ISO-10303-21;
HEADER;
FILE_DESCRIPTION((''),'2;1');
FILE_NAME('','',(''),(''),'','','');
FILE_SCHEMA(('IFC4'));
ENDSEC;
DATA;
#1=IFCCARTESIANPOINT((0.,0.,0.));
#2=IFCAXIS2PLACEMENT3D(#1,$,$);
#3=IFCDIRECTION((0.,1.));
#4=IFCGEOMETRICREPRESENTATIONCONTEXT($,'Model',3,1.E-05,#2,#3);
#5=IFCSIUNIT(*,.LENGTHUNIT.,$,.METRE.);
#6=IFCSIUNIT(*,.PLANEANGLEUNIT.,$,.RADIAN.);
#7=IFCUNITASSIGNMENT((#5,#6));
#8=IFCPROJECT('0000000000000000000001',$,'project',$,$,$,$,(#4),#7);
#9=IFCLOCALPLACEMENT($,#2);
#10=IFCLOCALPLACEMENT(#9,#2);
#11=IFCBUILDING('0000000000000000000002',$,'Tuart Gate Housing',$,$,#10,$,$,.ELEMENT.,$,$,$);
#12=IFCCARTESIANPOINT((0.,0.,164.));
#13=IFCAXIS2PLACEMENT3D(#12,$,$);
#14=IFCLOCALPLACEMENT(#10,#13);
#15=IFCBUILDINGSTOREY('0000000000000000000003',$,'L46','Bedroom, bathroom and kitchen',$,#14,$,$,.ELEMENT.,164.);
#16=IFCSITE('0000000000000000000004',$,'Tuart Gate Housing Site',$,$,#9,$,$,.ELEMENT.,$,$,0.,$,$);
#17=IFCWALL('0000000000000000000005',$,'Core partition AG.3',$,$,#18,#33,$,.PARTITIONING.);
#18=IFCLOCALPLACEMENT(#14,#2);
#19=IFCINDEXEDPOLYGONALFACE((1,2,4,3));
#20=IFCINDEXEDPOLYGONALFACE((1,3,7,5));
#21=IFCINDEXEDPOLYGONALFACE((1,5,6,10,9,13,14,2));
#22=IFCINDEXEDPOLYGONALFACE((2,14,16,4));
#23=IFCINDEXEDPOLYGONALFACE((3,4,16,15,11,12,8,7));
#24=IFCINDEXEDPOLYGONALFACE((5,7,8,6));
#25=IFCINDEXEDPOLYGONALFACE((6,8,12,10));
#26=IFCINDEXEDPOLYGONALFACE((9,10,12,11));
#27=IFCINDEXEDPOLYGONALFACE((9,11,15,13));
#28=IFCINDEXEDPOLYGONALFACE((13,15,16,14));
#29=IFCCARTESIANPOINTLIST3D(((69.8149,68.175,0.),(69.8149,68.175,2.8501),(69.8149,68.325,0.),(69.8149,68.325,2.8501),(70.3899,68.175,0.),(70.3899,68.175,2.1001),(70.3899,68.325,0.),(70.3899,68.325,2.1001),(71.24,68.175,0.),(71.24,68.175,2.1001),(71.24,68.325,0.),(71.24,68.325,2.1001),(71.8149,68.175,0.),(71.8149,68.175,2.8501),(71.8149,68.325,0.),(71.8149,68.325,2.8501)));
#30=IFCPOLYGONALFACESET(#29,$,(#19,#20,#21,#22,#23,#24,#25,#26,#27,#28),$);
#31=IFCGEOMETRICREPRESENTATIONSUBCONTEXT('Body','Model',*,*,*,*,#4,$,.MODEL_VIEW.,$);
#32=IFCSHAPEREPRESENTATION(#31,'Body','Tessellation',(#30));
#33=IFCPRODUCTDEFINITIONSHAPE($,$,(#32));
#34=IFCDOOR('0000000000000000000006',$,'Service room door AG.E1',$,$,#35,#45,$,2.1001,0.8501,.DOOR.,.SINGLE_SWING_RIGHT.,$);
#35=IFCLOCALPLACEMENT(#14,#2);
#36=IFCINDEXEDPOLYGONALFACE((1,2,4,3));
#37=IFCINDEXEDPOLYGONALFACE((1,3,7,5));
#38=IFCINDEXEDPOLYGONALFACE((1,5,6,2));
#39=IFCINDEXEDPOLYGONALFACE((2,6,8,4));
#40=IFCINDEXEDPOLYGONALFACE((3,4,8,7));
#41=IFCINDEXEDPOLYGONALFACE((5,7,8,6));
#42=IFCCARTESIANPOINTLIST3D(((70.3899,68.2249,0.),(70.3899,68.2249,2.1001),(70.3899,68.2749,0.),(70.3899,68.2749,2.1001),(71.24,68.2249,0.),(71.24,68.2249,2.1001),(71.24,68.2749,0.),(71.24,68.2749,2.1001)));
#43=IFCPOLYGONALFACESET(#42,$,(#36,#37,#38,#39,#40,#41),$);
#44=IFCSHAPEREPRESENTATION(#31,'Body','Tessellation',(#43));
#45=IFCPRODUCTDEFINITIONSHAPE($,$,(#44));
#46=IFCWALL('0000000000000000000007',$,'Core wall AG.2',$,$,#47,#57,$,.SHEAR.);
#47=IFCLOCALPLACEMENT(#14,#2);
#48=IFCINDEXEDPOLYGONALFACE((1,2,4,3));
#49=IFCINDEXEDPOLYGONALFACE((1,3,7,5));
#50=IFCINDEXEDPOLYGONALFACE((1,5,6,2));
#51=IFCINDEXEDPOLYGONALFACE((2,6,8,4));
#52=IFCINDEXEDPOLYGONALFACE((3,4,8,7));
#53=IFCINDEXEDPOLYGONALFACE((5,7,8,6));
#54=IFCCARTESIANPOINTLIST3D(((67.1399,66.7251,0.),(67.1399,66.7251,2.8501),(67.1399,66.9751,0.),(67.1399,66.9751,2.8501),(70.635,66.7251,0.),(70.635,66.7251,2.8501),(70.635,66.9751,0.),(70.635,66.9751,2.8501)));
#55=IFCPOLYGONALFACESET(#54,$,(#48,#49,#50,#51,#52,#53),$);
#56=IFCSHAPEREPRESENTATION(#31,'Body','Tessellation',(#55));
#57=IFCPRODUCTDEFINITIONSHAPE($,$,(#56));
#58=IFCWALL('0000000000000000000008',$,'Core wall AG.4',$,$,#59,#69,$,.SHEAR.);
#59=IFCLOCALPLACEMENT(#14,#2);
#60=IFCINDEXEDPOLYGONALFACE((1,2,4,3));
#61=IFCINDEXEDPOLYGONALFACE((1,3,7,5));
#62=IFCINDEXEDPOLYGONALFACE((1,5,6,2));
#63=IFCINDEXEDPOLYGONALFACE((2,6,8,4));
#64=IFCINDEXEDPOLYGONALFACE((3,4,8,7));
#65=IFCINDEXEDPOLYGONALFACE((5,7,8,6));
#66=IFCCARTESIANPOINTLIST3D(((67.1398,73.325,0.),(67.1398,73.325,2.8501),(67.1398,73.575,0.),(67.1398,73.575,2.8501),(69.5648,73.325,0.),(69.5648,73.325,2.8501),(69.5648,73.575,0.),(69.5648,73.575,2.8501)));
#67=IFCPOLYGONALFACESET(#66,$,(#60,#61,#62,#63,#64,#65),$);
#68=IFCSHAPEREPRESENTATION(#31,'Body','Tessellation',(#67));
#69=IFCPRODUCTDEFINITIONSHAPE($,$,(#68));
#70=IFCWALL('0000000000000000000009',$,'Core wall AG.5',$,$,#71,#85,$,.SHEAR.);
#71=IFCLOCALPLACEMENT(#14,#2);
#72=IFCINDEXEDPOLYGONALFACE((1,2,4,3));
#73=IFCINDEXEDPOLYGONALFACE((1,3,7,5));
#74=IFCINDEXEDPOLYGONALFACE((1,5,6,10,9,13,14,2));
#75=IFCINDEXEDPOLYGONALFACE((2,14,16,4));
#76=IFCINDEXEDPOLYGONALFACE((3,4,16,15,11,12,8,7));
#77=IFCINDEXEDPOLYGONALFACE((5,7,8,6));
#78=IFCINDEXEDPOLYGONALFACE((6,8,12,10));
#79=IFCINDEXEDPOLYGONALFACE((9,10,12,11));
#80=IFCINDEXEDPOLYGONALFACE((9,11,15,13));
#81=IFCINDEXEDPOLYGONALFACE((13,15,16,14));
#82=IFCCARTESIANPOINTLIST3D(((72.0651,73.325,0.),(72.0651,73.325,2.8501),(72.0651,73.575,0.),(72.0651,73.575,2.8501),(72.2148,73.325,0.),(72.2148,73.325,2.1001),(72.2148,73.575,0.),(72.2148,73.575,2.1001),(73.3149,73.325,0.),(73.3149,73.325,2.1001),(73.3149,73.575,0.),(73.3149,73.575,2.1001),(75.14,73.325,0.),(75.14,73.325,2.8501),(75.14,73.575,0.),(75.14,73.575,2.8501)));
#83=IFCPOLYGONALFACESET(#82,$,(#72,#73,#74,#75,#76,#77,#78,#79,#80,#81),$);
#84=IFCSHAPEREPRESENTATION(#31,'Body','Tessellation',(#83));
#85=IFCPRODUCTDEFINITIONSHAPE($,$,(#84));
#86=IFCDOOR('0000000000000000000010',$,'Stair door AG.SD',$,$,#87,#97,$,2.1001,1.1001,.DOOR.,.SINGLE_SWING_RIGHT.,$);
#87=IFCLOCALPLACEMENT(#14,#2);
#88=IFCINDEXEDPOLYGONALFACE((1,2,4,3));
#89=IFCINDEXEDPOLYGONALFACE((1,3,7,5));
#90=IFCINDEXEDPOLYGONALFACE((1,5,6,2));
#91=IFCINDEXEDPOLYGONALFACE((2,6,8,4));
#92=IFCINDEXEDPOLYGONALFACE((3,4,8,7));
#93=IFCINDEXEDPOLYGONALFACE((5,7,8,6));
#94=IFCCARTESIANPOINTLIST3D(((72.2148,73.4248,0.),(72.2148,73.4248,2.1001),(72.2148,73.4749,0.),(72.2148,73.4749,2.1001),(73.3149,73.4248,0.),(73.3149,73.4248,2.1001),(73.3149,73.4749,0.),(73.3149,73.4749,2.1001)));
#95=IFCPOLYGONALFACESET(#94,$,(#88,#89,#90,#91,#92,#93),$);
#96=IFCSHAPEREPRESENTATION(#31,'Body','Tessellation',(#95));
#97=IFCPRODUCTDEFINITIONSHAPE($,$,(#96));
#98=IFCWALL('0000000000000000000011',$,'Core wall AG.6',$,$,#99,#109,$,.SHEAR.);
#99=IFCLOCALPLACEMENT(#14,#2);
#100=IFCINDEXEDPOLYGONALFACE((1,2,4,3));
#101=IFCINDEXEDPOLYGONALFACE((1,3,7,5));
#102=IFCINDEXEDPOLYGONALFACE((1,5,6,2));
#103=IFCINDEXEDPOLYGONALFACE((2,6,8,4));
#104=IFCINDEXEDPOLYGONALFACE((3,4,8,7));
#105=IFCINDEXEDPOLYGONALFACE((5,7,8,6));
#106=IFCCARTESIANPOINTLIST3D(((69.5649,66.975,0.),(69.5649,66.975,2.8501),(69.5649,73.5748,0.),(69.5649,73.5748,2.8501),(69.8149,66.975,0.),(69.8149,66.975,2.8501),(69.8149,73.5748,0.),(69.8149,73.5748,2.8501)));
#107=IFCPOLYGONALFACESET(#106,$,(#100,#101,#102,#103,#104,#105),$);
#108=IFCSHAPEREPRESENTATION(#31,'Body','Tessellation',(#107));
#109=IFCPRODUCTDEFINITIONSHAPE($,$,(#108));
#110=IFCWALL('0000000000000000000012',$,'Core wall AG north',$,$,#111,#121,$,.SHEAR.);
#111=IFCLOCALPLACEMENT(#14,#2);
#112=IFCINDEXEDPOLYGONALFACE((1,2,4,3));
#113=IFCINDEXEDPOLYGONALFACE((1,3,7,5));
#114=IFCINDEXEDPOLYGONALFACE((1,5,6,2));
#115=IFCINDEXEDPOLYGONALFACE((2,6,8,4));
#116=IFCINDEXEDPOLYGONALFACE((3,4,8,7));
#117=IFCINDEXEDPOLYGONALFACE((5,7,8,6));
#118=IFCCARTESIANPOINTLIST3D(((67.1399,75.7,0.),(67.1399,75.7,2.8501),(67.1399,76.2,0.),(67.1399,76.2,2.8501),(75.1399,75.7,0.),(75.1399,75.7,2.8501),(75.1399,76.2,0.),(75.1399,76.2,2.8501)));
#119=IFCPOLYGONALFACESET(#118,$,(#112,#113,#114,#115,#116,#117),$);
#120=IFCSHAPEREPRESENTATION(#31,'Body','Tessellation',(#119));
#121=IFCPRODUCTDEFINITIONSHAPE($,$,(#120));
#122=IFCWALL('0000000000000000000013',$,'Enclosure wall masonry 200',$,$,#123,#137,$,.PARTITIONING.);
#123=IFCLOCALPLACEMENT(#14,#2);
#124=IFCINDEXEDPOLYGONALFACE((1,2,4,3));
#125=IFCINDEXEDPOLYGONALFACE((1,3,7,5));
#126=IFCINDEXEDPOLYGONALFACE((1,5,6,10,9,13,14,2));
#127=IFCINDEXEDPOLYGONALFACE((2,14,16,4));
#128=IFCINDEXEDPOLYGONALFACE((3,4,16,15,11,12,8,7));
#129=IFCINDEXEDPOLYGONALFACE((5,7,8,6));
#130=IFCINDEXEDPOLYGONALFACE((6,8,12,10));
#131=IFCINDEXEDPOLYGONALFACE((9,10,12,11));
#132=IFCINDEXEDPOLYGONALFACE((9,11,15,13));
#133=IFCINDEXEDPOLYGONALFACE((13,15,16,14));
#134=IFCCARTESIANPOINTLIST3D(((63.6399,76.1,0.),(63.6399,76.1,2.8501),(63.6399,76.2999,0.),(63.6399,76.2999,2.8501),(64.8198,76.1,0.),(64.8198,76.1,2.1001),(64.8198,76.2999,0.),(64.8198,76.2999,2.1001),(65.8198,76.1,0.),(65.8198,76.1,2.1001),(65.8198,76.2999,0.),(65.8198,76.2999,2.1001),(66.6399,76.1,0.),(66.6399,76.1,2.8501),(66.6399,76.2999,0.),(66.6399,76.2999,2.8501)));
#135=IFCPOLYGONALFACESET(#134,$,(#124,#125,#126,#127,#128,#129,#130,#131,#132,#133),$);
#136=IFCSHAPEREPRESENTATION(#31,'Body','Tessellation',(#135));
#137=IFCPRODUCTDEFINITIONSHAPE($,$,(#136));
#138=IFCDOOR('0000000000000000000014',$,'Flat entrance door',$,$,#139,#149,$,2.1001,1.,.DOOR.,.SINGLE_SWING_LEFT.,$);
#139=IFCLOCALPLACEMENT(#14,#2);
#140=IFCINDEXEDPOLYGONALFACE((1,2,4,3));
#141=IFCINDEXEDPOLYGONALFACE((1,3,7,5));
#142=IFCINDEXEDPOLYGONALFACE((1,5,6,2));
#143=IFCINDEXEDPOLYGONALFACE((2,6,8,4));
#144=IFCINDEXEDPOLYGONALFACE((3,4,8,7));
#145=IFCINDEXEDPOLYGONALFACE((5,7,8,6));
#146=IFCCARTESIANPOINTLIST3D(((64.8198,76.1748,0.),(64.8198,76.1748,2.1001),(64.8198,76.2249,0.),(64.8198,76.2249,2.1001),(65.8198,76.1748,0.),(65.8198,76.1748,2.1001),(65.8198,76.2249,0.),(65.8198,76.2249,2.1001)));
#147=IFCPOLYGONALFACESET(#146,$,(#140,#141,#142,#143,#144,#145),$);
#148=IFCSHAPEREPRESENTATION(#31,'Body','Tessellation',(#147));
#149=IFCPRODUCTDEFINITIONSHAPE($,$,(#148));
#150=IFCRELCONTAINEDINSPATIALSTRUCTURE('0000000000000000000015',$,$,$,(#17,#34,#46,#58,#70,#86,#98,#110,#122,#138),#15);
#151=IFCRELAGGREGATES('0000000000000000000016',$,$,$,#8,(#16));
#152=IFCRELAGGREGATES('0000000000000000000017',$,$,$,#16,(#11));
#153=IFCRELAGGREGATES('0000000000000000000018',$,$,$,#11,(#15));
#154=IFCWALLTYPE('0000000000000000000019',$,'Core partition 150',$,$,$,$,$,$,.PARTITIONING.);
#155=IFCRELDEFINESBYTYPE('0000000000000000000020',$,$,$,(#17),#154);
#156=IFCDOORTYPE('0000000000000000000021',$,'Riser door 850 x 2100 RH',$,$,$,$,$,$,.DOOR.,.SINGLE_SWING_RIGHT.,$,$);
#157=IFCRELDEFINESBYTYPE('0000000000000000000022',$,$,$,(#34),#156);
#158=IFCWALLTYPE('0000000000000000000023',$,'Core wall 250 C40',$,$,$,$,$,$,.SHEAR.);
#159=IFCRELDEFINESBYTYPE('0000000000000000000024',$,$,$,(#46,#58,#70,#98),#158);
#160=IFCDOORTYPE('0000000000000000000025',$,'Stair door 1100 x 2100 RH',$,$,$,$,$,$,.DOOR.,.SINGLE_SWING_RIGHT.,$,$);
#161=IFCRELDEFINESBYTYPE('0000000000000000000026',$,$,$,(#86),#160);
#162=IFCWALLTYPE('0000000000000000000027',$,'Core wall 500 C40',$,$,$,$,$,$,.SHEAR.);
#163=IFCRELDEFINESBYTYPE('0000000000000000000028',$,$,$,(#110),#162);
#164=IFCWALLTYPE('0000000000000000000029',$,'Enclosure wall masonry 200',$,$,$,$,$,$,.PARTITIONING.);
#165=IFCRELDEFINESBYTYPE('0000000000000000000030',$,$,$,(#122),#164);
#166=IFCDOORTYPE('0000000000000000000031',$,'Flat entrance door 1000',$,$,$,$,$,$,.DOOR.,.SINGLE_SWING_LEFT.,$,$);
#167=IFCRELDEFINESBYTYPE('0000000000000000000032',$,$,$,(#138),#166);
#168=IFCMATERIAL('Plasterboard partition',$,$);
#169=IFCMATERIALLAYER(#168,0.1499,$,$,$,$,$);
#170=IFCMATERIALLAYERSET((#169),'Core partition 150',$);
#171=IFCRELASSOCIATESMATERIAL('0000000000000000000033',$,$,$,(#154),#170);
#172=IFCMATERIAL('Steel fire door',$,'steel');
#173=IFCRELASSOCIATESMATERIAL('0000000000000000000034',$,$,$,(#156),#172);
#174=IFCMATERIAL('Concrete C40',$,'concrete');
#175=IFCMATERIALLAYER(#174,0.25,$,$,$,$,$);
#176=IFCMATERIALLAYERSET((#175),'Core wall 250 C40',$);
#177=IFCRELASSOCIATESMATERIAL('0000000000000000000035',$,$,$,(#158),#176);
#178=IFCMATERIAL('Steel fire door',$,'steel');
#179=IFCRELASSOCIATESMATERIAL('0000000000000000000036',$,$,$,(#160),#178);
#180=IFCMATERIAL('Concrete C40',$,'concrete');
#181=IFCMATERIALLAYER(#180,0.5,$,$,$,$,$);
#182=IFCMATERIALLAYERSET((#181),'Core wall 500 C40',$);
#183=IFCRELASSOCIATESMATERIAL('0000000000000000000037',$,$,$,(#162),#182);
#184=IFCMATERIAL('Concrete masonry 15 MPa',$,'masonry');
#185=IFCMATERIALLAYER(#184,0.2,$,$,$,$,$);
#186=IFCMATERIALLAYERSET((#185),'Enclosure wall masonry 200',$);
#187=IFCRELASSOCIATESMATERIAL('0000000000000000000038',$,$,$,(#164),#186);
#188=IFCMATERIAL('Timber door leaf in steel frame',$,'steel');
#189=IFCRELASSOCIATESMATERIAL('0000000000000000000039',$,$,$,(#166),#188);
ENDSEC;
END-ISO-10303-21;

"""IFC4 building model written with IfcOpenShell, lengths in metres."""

from ifc_helpers import new_model, si_unit, direction, frame, frame_2d, origin, place, context, subcontext, project, spatial, rectangle, extrude, material, layer, layer_set, type_object, element, fill, save


model = new_model("IFC4")

# Units and contexts
model_context = context("Model", 3, precision=1e-05, world=origin(), true_north=direction((0.0, 1.0)))
body_context = subcontext(model_context, "Body", "Model", "MODEL_VIEW")
ifc_project = project(units=[si_unit("LENGTHUNIT", "METRE"), si_unit("PLANEANGLEUNIT", "RADIAN")], contexts=[model_context])

# Site, building, storey
site_placement = place(None, origin())
site = spatial("IfcSite", under=ifc_project, at=site_placement, Name="Tuart Gate Housing Site", CompositionType="ELEMENT", RefElevation=0.0)
building_placement = place(site_placement, origin())
building = spatial("IfcBuilding", under=site, at=building_placement, Name="Tuart Gate Housing", CompositionType="ELEMENT")
storey_placement = place(building_placement, frame((0.0, 0.0, 164.0)))
storey = spatial("IfcBuildingStorey", under=building, at=storey_placement, Name="L46", Description="Bedroom, bathroom and kitchen", CompositionType="ELEMENT", Elevation=164.0)

# Wall, opening, door
ifc_material_1 = material(Name="Plasterboard partition")
ifc_layer_1 = layer(ifc_material_1, 0.1499)
ifc_layer_set_1 = layer_set([ifc_layer_1], Name="Core partition 150")
wall_type_1 = type_object("IfcWallType", Name="Core partition 150", PredefinedType="PARTITIONING", material=ifc_layer_set_1)
wall_1_placement = place(storey_placement, frame((69.8149, 68.25, 0.0), z_axis=(0.0, 0.0, 1.0), x_axis=(1.0, 0.0, 0.0)))
wall_1 = element("IfcWall", 1, at=wall_1_placement, inside=storey, type_object=wall_type_1, Name="Core partition AG.3", PredefinedType="PARTITIONING", context=body_context, shape_type="SweptSolid", body=[
    extrude(rectangle(XDim=2.0, YDim=0.1499, at=frame_2d((1.0, 0.0))), origin(), (0.0, 0.0, 1.0), 2.8501),
])
opening_1_placement = place(wall_1_placement, frame((0.575, 0.0, 0.0)))
opening_1 = element("IfcOpeningElement", 2, at=opening_1_placement, cuts=wall_1, PredefinedType="OPENING", context=body_context, shape_type="SweptSolid", body=[
    extrude(rectangle(XDim=0.8501, YDim=2.1001, at=frame_2d((0.425, 1.05))), frame((0.0, 0.085, 0.0), z_axis=(0.0, -1.0, 0.0), x_axis=(1.0, 0.0, 0.0)), (0.0, 0.0, 1.0), 0.1699),
])
ifc_material_2 = material(Name="Steel fire door", Category="steel")
door_type_1 = type_object("IfcDoorType", Name="Riser door 850 x 2100 RH", OperationType="SINGLE_SWING_RIGHT", PredefinedType="DOOR", material=ifc_material_2)
door_1_placement = place(opening_1_placement, frame((0.8501, 0.0, 0.0), z_axis=(0.0, 0.0, 1.0), x_axis=(-1.0, 0.0, 0.0)))
door_1 = element("IfcDoor", 3, at=door_1_placement, inside=storey, type_object=door_type_1, Name="Service room door AG.E1", OperationType="SINGLE_SWING_RIGHT", OverallHeight=2.1001, OverallWidth=0.8501, PredefinedType="DOOR", context=body_context, shape_type="SweptSolid", body=[
    extrude(rectangle(XDim=0.8501, YDim=2.1001, at=frame_2d((0.425, 1.05))), frame((0.0, 0.0251, 0.0), z_axis=(0.0, -1.0, 0.0), x_axis=(1.0, 0.0, 0.0)), (0.0, 0.0, 1.0), 0.05),
])
fill(opening_1, door_1)

# Walls
ifc_material_3 = material(Name="Concrete C40", Category="concrete")
ifc_layer_2 = layer(ifc_material_3, 0.25)
ifc_layer_set_2 = layer_set([ifc_layer_2], Name="Core wall 250 C40")
wall_type_2 = type_object("IfcWallType", Name="Core wall 250 C40", PredefinedType="SHEAR", material=ifc_layer_set_2)
wall_2_placement = place(storey_placement, frame((67.1399, 66.8501, 0.0), z_axis=(0.0, 0.0, 1.0), x_axis=(1.0, 0.0, 0.0)))
element("IfcWall", 4, at=wall_2_placement, inside=storey, type_object=wall_type_2, Name="Core wall AG.2", PredefinedType="SHEAR", context=body_context, shape_type="SweptSolid", body=[
    extrude(rectangle(XDim=3.4951, YDim=0.25, at=frame_2d((1.7476, 0.0))), origin(), (0.0, 0.0, 1.0), 2.8501),
])
wall_3_placement = place(storey_placement, frame((67.1399, 73.45, 0.0), z_axis=(0.0, 0.0, 1.0), x_axis=(1.0, 0.0, 0.0)))
element("IfcWall", 5, at=wall_3_placement, inside=storey, type_object=wall_type_2, Name="Core wall AG.4", PredefinedType="SHEAR", context=body_context, shape_type="SweptSolid", body=[
    extrude(rectangle(XDim=2.425, YDim=0.25, at=frame_2d((1.2124, 0.0))), origin(), (0.0, 0.0, 1.0), 2.8501),
])

# Wall, opening, door
wall_4_placement = place(storey_placement, frame((72.0649, 73.45, 0.0), z_axis=(0.0, 0.0, 1.0), x_axis=(1.0, 0.0, 0.0)))
wall_4 = element("IfcWall", 6, at=wall_4_placement, inside=storey, type_object=wall_type_2, Name="Core wall AG.5", PredefinedType="SHEAR", context=body_context, shape_type="SweptSolid", body=[
    extrude(rectangle(XDim=3.075, YDim=0.25, at=frame_2d((1.5376, 0.0))), origin(), (0.0, 0.0, 1.0), 2.8501),
])
opening_2_placement = place(wall_4_placement, frame((0.1499, 0.0, 0.0)))
opening_2 = element("IfcOpeningElement", 7, at=opening_2_placement, cuts=wall_4, PredefinedType="OPENING", context=body_context, shape_type="SweptSolid", body=[
    extrude(rectangle(XDim=1.1001, YDim=2.1001, at=frame_2d((0.55, 1.05))), frame((0.0, 0.135, 0.0), z_axis=(0.0, -1.0, 0.0), x_axis=(1.0, 0.0, 0.0)), (0.0, 0.0, 1.0), 0.27),
])
ifc_material_4 = material(Name="Steel fire door", Category="steel")
door_type_2 = type_object("IfcDoorType", Name="Stair door 1100 x 2100 RH", OperationType="SINGLE_SWING_RIGHT", PredefinedType="DOOR", material=ifc_material_4)
door_2_placement = place(opening_2_placement, frame((1.1001, 0.0, 0.0), z_axis=(0.0, 0.0, 1.0), x_axis=(-1.0, 0.0, 0.0)))
door_2 = element("IfcDoor", 8, at=door_2_placement, inside=storey, type_object=door_type_2, Name="Stair door AG.SD", OperationType="SINGLE_SWING_RIGHT", OverallHeight=2.1001, OverallWidth=1.1001, PredefinedType="DOOR", context=body_context, shape_type="SweptSolid", body=[
    extrude(rectangle(XDim=1.1001, YDim=2.1001, at=frame_2d((0.55, 1.05))), frame((0.0, 0.0251, 0.0), z_axis=(0.0, -1.0, 0.0), x_axis=(1.0, 0.0, 0.0)), (0.0, 0.0, 1.0), 0.05),
])
fill(opening_2, door_2)

# Walls
wall_5_placement = place(storey_placement, frame((69.6899, 66.9751, 0.0), z_axis=(0.0, 0.0, 1.0), x_axis=(0.0, 1.0, 0.0)))
element("IfcWall", 9, at=wall_5_placement, inside=storey, type_object=wall_type_2, Name="Core wall AG.6", PredefinedType="SHEAR", context=body_context, shape_type="SweptSolid", body=[
    extrude(rectangle(XDim=6.5999, YDim=0.25, at=frame_2d((3.2998, 0.0))), origin(), (0.0, 0.0, 1.0), 2.8501),
])
ifc_material_5 = material(Name="Concrete C40", Category="concrete")
ifc_layer_3 = layer(ifc_material_5, 0.5)
ifc_layer_set_3 = layer_set([ifc_layer_3], Name="Core wall 500 C40")
wall_type_3 = type_object("IfcWallType", Name="Core wall 500 C40", PredefinedType="SHEAR", material=ifc_layer_set_3)
wall_6_placement = place(storey_placement, frame((67.1399, 75.95, 0.0), z_axis=(0.0, 0.0, 1.0), x_axis=(1.0, 0.0, 0.0)))
element("IfcWall", 10, at=wall_6_placement, inside=storey, type_object=wall_type_3, Name="Core wall AG north", PredefinedType="SHEAR", context=body_context, shape_type="SweptSolid", body=[
    extrude(rectangle(XDim=8.0, YDim=0.5, at=frame_2d((4.0, 0.0))), origin(), (0.0, 0.0, 1.0), 2.8501),
])

# Wall, opening, door
ifc_material_6 = material(Name="Concrete masonry 15 MPa", Category="masonry")
ifc_layer_4 = layer(ifc_material_6, 0.2)
ifc_layer_set_4 = layer_set([ifc_layer_4], Name="Enclosure wall masonry 200")
wall_type_4 = type_object("IfcWallType", Name="Enclosure wall masonry 200", PredefinedType="PARTITIONING", material=ifc_layer_set_4)
wall_7_placement = place(storey_placement, frame((63.6399, 76.2, 0.0), z_axis=(0.0, 0.0, 1.0), x_axis=(1.0, 0.0, 0.0)))
wall_7 = element("IfcWall", 11, at=wall_7_placement, inside=storey, type_object=wall_type_4, Name="Enclosure wall masonry 200", PredefinedType="PARTITIONING", context=body_context, shape_type="SweptSolid", body=[
    extrude(rectangle(XDim=3.0, YDim=0.2, at=frame_2d((1.5, 0.0))), origin(), (0.0, 0.0, 1.0), 2.8501),
])
opening_3_placement = place(wall_7_placement, frame((1.1799, 0.0, 0.0)))
opening_3 = element("IfcOpeningElement", 12, at=opening_3_placement, cuts=wall_7, PredefinedType="OPENING", context=body_context, shape_type="SweptSolid", body=[
    extrude(rectangle(XDim=1.0, YDim=2.1001, at=frame_2d((0.5, 1.05))), frame((0.0, 0.1099, 0.0), z_axis=(0.0, -1.0, 0.0), x_axis=(1.0, 0.0, 0.0)), (0.0, 0.0, 1.0), 0.22),
])
ifc_material_7 = material(Name="Timber door leaf in steel frame", Category="steel")
door_type_3 = type_object("IfcDoorType", Name="Flat entrance door 1000", OperationType="SINGLE_SWING_LEFT", PredefinedType="DOOR", material=ifc_material_7)
door_3_placement = place(opening_3_placement, origin())
door_3 = element("IfcDoor", 13, at=door_3_placement, inside=storey, type_object=door_type_3, Name="Flat entrance door", OperationType="SINGLE_SWING_LEFT", OverallHeight=2.1001, OverallWidth=1.0, PredefinedType="DOOR", context=body_context, shape_type="SweptSolid", body=[
    extrude(rectangle(XDim=1.0, YDim=2.1001, at=frame_2d((0.5, 1.05))), frame((0.0, 0.0249, 0.0), z_axis=(0.0, -1.0, 0.0), x_axis=(1.0, 0.0, 0.0)), (0.0, 0.0, 1.0), 0.05),
])
fill(opening_3, door_3)

save(model, "model.ifc")
